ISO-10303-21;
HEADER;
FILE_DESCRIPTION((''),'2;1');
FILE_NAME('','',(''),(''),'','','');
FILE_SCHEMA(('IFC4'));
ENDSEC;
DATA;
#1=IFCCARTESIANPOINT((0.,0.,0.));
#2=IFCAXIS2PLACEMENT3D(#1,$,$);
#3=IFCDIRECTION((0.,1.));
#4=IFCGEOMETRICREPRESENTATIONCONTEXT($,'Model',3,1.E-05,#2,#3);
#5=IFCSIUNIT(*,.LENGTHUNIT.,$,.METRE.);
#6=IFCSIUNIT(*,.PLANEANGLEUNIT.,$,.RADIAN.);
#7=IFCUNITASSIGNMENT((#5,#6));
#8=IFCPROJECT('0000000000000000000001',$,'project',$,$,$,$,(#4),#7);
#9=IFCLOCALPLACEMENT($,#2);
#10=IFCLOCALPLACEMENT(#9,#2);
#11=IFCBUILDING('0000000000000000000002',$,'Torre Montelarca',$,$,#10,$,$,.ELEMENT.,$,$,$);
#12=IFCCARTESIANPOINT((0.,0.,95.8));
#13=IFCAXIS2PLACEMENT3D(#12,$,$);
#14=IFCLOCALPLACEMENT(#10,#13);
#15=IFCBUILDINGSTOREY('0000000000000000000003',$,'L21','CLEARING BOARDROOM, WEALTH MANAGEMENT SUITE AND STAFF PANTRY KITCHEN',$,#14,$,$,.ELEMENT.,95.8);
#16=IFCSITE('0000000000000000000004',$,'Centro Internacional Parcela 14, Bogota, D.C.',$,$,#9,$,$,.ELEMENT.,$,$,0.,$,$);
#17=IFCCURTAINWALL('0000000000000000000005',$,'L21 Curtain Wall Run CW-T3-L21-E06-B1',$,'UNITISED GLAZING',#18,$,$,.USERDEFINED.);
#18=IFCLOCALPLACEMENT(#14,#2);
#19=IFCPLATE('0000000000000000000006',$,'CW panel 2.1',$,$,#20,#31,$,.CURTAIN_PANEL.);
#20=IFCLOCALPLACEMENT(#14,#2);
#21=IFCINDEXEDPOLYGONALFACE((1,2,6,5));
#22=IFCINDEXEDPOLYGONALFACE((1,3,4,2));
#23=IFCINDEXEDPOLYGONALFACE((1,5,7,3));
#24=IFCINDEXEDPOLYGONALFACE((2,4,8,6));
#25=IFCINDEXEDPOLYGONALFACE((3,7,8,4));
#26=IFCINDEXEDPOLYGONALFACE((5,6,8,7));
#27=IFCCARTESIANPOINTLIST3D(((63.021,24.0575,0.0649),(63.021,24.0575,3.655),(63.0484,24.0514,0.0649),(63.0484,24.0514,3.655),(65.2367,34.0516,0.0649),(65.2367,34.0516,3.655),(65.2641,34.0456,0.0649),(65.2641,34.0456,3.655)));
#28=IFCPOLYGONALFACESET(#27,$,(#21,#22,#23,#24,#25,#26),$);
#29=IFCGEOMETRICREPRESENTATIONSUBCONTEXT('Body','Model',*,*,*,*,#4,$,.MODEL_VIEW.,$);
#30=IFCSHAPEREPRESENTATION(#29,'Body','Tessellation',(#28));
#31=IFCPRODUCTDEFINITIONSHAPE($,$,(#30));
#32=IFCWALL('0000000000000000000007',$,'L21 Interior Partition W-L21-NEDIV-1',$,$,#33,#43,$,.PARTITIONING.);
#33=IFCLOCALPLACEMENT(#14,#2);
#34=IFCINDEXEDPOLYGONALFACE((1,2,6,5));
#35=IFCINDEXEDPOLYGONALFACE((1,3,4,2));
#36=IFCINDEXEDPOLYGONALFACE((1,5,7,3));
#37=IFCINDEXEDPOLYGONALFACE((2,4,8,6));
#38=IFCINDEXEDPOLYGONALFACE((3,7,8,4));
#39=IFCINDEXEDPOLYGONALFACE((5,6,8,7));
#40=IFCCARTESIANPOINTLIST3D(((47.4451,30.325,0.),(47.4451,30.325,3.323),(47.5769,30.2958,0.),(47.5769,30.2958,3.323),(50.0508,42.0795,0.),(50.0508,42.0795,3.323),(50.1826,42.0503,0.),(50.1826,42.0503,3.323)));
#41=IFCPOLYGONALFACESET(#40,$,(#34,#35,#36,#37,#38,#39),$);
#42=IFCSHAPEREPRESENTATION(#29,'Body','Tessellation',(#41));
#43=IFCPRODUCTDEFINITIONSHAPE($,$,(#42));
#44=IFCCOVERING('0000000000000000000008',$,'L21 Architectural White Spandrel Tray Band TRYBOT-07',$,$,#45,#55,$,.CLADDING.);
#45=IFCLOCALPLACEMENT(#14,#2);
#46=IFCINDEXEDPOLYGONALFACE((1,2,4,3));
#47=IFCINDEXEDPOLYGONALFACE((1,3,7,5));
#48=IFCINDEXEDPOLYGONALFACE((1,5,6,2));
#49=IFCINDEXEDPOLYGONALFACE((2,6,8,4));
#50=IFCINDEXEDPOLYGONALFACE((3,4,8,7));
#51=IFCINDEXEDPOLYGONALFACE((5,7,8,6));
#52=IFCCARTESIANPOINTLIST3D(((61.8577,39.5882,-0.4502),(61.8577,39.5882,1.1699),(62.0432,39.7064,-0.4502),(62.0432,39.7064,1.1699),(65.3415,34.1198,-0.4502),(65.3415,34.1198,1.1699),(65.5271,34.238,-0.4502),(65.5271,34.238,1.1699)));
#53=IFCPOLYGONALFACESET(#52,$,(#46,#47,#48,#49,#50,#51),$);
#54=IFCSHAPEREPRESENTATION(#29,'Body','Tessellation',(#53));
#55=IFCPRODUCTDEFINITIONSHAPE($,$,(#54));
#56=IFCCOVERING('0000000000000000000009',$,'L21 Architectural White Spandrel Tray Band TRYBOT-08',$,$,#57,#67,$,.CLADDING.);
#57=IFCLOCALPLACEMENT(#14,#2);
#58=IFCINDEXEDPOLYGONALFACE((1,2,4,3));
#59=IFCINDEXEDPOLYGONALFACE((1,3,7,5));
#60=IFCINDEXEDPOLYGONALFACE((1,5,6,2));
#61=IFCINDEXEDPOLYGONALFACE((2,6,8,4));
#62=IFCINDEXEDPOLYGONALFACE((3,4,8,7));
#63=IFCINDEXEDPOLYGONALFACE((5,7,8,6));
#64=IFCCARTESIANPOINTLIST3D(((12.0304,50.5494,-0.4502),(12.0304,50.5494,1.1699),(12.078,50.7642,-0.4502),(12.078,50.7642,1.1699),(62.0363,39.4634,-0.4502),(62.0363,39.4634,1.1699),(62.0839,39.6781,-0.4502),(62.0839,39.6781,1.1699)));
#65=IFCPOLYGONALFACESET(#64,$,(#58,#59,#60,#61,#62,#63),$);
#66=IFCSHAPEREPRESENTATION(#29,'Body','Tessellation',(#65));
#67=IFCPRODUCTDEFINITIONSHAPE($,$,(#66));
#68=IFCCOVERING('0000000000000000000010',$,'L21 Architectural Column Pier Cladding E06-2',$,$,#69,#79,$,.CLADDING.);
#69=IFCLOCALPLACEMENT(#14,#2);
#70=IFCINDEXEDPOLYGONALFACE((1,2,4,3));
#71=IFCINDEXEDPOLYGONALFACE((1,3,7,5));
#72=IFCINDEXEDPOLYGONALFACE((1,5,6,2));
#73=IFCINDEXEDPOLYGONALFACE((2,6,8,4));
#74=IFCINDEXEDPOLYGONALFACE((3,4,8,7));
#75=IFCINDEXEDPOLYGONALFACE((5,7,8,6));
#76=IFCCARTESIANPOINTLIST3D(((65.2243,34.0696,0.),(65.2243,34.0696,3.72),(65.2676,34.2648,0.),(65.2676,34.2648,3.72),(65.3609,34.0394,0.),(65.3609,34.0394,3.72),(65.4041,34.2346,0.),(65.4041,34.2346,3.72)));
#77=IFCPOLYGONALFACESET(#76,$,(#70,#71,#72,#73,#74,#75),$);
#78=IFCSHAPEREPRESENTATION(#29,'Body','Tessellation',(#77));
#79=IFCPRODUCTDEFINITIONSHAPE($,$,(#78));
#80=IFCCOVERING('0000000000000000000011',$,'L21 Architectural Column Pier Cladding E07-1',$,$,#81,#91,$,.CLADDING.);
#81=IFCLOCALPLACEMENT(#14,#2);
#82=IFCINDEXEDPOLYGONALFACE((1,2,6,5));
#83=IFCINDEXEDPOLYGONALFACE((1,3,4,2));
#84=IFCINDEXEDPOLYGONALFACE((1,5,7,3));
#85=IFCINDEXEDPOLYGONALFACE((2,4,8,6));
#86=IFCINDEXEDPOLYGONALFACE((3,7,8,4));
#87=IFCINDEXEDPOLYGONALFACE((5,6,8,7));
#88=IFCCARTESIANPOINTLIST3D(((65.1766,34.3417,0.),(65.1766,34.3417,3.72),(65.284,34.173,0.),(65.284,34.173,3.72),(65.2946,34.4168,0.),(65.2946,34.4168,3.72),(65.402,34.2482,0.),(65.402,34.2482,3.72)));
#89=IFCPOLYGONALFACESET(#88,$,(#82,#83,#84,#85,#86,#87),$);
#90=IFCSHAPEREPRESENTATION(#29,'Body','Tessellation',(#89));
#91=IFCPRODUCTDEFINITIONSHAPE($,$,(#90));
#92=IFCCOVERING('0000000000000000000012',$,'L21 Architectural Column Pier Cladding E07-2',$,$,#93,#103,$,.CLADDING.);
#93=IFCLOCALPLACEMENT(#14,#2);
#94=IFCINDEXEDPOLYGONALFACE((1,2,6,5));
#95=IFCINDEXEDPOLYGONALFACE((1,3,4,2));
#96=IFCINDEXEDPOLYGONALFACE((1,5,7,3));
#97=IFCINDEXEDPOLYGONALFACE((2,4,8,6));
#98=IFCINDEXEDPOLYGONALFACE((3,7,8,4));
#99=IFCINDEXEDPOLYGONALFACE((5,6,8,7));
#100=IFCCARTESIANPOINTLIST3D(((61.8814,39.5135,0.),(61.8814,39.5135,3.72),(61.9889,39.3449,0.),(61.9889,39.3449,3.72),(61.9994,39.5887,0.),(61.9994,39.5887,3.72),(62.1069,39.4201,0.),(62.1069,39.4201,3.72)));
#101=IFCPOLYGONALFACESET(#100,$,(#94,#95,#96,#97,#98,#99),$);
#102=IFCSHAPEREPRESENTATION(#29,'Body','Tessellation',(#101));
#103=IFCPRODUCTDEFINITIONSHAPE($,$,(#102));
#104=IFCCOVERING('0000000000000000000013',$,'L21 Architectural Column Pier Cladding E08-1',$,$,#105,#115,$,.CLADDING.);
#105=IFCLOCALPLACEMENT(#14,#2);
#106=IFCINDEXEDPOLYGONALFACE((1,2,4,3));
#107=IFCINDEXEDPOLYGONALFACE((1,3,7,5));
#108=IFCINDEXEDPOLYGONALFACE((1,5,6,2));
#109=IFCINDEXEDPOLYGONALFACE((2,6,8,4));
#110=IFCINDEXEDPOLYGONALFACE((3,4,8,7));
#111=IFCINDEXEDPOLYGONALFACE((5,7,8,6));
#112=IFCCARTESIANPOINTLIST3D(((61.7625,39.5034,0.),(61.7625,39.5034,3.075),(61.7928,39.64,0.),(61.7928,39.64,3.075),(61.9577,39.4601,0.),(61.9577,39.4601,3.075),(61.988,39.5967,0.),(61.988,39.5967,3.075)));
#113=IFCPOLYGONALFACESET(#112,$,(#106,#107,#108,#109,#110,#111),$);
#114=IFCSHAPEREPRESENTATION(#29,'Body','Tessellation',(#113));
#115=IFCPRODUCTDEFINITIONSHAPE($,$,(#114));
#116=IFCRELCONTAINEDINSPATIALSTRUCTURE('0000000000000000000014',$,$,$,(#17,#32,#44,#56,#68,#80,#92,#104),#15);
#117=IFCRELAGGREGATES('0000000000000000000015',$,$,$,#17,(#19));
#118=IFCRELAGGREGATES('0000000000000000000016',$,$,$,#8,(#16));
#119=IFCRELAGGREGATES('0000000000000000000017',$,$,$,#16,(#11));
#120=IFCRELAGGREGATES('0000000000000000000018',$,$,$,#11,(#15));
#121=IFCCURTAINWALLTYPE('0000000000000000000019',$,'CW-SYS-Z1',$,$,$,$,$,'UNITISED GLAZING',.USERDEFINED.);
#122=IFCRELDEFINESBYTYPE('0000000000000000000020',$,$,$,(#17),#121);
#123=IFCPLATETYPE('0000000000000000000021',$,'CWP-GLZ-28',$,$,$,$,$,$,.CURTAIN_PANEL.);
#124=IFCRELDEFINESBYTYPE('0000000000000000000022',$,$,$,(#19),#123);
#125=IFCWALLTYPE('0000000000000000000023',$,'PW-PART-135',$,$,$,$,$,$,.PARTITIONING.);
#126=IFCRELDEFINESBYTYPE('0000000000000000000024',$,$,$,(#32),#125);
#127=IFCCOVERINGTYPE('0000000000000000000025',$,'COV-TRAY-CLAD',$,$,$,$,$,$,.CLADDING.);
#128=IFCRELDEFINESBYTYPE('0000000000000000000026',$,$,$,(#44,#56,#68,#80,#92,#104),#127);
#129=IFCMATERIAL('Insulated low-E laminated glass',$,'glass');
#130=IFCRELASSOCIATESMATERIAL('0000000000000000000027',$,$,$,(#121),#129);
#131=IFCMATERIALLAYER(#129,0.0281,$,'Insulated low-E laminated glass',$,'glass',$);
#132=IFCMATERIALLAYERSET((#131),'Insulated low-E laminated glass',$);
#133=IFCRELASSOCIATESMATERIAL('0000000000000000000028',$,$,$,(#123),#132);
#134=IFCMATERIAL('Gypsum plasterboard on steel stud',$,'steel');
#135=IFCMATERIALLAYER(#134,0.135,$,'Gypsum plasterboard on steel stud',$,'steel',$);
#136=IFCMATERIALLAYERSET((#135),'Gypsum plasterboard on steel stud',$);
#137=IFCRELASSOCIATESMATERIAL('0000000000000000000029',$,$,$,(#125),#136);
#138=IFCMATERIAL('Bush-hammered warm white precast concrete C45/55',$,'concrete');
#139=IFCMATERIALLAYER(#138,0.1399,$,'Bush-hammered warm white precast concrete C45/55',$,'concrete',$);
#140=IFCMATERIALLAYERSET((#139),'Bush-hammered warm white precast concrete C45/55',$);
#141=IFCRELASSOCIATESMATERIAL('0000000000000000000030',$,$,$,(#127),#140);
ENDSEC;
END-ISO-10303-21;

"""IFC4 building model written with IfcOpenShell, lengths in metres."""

from ifc_helpers import new_model, si_unit, direction, frame, frame_2d, origin, origin_2d, place, context, subcontext, project, spatial, rectangle, extrude, source, transform, mapped, material, layer, layer_set, type_object, element, aggregate, save


model = new_model("IFC4")

# Units and contexts
model_context = context("Model", 3, precision=1e-05, world=origin(), true_north=direction((0.0, 1.0)))
body_context = subcontext(model_context, "Body", "Model", "MODEL_VIEW")
ifc_project = project(units=[si_unit("LENGTHUNIT", "METRE"), si_unit("PLANEANGLEUNIT", "RADIAN")], contexts=[model_context])

# Site, building, storey
site_placement = place(None, origin())
site = spatial("IfcSite", under=ifc_project, at=site_placement, Name="Centro Internacional Parcela 14, Bogota, D.C.", CompositionType="ELEMENT", RefElevation=0.0)
building_placement = place(site_placement, origin())
building = spatial("IfcBuilding", under=site, at=building_placement, Name="Torre Montelarca", CompositionType="ELEMENT")
storey_placement = place(building_placement, frame((0.0, 0.0, 95.8)))
storey = spatial("IfcBuildingStorey", under=building, at=storey_placement, Name="L21", Description="CLEARING BOARDROOM, WEALTH MANAGEMENT SUITE AND STAFF PANTRY KITCHEN", CompositionType="ELEMENT", Elevation=95.8)

# Shared definitions
ifc_material_1 = material(Name="Insulated low-E laminated glass", Category="glass")
curtain_wall_type = type_object("IfcCurtainWallType", Name="CW-SYS-Z1", ElementType="UNITISED GLAZING", PredefinedType="USERDEFINED", material=ifc_material_1)

# Curtain wall
curtain_wall_1_placement = place(storey_placement, origin())
curtain_wall_1 = element("IfcCurtainWall", 1, at=curtain_wall_1_placement, inside=storey, type_object=curtain_wall_type, Name="L21 Curtain Wall Run CW-T3-L21-E06-B1", ObjectType="UNITISED GLAZING", PredefinedType="USERDEFINED")

# Plate
ifc_layer_1 = layer(ifc_material_1, 0.0281, Name="Insulated low-E laminated glass", Category="glass")
ifc_layer_set_1 = layer_set([ifc_layer_1], Name="Insulated low-E laminated glass")
plate_type = type_object("IfcPlateType", Name="CWP-GLZ-28", PredefinedType="CURTAIN_PANEL", material=ifc_layer_set_1)
shared_shape_1 = source(origin(), body_context, "Body", "SweptSolid", [
    extrude(rectangle(XDim=10.2368, YDim=0.0281, at=origin_2d()), origin(), (0.0, 0.0, 1.0), 3.5901),
])
plate_1_placement = place(storey_placement, frame((64.1426, 29.0515, 0.0649), z_axis=(0.0, 0.0, 1.0), x_axis=(0.216441, 0.976296, 0.0)))
plate_1 = element("IfcPlate", 2, at=plate_1_placement, type_object=plate_type, Name="CW panel 2.1", PredefinedType="CURTAIN_PANEL", context=body_context, shape_type="MappedRepresentation", body=[
    mapped(shared_shape_1, transform((0.0, 0.0, 0.0), scale=1.0)),
])
aggregate(curtain_wall_1, [plate_1])

# Wall
ifc_material_2 = material(Name="Gypsum plasterboard on steel stud", Category="steel")
ifc_layer_2 = layer(ifc_material_2, 0.135, Name="Gypsum plasterboard on steel stud", Category="steel")
ifc_layer_set_2 = layer_set([ifc_layer_2], Name="Gypsum plasterboard on steel stud")
wall_type = type_object("IfcWallType", Name="PW-PART-135", PredefinedType="PARTITIONING", material=ifc_layer_set_2)
wall_placement = place(storey_placement, frame((47.511, 30.3103, 0.0), z_axis=(0.0, 0.0, 1.0), x_axis=(0.216426, 0.976299, 0.0)))
element("IfcWall", 3, at=wall_placement, inside=storey, type_object=wall_type, Name="L21 Interior Partition W-L21-NEDIV-1", PredefinedType="PARTITIONING", context=body_context, shape_type="SweptSolid", body=[
    extrude(rectangle(XDim=12.0398, YDim=0.135, at=frame_2d((6.02, 0.0))), origin(), (0.0, 0.0, 1.0), 3.323),
])

# Coverings
ifc_material_3 = material(Name="Bush-hammered warm white precast concrete C45/55", Category="concrete")
ifc_layer_3 = layer(ifc_material_3, 0.1399, Name="Bush-hammered warm white precast concrete C45/55", Category="concrete")
ifc_layer_set_3 = layer_set([ifc_layer_3], Name="Bush-hammered warm white precast concrete C45/55")
covering_type = type_object("IfcCoveringType", Name="COV-TRAY-CLAD", PredefinedType="CLADDING", material=ifc_layer_set_3)
shared_shape_2 = source(origin(), body_context, "Body", "SweptSolid", [
    extrude(rectangle(XDim=6.4839, YDim=0.22, at=origin_2d()), origin(), (0.0, 0.0, 1.0), 1.6201),
])
covering_1_placement = place(storey_placement, frame((63.6924, 36.9131, -0.4502), z_axis=(0.0, 0.0, 1.0), x_axis=(-0.537305, 0.843388, 0.0)))
element("IfcCovering", 4, at=covering_1_placement, inside=storey, type_object=covering_type, Name="L21 Architectural White Spandrel Tray Band TRYBOT-07", PredefinedType="CLADDING", context=body_context, shape_type="MappedRepresentation", body=[
    mapped(shared_shape_2, transform((0.0, 0.0, 0.0), scale=1.0)),
])
shared_shape_3 = source(origin(), body_context, "Body", "SweptSolid", [
    extrude(rectangle(XDim=51.22, YDim=0.22, at=origin_2d()), origin(), (0.0, 0.0, 1.0), 1.6201),
])
covering_2_placement = place(storey_placement, frame((37.0571, 45.1138, -0.4502), z_axis=(0.0, 0.0, 1.0), x_axis=(-0.976296, 0.21644, 0.0)))
element("IfcCovering", 5, at=covering_2_placement, inside=storey, type_object=covering_type, Name="L21 Architectural White Spandrel Tray Band TRYBOT-08", PredefinedType="CLADDING", context=body_context, shape_type="MappedRepresentation", body=[
    mapped(shared_shape_3, transform((0.0, 0.0, 0.0), scale=1.0)),
])
shared_shape_4 = source(origin(), body_context, "Body", "SweptSolid", [
    extrude(rectangle(XDim=0.2, YDim=0.1399, at=origin_2d()), origin(), (0.0, 0.0, 1.0), 3.72),
])
for number, where, z_axis, x_axis, name in (
    (6, (65.3142, 34.1521, 0.0), (0.0, 0.0, 1.0), (0.216438, 0.976296, 0.0), "L21 Architectural Column Pier Cladding E06-2"),
    (7, (65.2893, 34.2949, 0.0), (0.0, 0.0, 1.0), (-0.537314, 0.843382, 0.0), "L21 Architectural Column Pier Cladding E07-1"),
    (8, (61.9941, 39.4668, 0.0), (0.0, 0.0, 1.0), (-0.537314, 0.843382, 0.0), "L21 Architectural Column Pier Cladding E07-2"),
):
    element("IfcCovering", number, at=place(storey_placement, frame(where, z_axis=z_axis, x_axis=x_axis)), inside=storey, type_object=covering_type, Name=name, PredefinedType="CLADDING", context=body_context, shape_type="MappedRepresentation", body=[
        mapped(shared_shape_4, transform((0.0, 0.0, 0.0), scale=1.0)),
    ])
shared_shape_5 = source(origin(), body_context, "Body", "SweptSolid", [
    extrude(rectangle(XDim=0.2, YDim=0.1399, at=origin_2d()), origin(), (0.0, 0.0, 1.0), 3.075),
])
covering_3_placement = place(storey_placement, frame((61.8752, 39.55, 0.0), z_axis=(0.0, 0.0, 1.0), x_axis=(-0.976296, 0.21644, 0.0)))
element("IfcCovering", 9, at=covering_3_placement, inside=storey, type_object=covering_type, Name="L21 Architectural Column Pier Cladding E08-1", PredefinedType="CLADDING", context=body_context, shape_type="MappedRepresentation", body=[
    mapped(shared_shape_5, transform((0.0, 0.0, 0.0), scale=1.0)),
])

save(model, "model.ifc")
